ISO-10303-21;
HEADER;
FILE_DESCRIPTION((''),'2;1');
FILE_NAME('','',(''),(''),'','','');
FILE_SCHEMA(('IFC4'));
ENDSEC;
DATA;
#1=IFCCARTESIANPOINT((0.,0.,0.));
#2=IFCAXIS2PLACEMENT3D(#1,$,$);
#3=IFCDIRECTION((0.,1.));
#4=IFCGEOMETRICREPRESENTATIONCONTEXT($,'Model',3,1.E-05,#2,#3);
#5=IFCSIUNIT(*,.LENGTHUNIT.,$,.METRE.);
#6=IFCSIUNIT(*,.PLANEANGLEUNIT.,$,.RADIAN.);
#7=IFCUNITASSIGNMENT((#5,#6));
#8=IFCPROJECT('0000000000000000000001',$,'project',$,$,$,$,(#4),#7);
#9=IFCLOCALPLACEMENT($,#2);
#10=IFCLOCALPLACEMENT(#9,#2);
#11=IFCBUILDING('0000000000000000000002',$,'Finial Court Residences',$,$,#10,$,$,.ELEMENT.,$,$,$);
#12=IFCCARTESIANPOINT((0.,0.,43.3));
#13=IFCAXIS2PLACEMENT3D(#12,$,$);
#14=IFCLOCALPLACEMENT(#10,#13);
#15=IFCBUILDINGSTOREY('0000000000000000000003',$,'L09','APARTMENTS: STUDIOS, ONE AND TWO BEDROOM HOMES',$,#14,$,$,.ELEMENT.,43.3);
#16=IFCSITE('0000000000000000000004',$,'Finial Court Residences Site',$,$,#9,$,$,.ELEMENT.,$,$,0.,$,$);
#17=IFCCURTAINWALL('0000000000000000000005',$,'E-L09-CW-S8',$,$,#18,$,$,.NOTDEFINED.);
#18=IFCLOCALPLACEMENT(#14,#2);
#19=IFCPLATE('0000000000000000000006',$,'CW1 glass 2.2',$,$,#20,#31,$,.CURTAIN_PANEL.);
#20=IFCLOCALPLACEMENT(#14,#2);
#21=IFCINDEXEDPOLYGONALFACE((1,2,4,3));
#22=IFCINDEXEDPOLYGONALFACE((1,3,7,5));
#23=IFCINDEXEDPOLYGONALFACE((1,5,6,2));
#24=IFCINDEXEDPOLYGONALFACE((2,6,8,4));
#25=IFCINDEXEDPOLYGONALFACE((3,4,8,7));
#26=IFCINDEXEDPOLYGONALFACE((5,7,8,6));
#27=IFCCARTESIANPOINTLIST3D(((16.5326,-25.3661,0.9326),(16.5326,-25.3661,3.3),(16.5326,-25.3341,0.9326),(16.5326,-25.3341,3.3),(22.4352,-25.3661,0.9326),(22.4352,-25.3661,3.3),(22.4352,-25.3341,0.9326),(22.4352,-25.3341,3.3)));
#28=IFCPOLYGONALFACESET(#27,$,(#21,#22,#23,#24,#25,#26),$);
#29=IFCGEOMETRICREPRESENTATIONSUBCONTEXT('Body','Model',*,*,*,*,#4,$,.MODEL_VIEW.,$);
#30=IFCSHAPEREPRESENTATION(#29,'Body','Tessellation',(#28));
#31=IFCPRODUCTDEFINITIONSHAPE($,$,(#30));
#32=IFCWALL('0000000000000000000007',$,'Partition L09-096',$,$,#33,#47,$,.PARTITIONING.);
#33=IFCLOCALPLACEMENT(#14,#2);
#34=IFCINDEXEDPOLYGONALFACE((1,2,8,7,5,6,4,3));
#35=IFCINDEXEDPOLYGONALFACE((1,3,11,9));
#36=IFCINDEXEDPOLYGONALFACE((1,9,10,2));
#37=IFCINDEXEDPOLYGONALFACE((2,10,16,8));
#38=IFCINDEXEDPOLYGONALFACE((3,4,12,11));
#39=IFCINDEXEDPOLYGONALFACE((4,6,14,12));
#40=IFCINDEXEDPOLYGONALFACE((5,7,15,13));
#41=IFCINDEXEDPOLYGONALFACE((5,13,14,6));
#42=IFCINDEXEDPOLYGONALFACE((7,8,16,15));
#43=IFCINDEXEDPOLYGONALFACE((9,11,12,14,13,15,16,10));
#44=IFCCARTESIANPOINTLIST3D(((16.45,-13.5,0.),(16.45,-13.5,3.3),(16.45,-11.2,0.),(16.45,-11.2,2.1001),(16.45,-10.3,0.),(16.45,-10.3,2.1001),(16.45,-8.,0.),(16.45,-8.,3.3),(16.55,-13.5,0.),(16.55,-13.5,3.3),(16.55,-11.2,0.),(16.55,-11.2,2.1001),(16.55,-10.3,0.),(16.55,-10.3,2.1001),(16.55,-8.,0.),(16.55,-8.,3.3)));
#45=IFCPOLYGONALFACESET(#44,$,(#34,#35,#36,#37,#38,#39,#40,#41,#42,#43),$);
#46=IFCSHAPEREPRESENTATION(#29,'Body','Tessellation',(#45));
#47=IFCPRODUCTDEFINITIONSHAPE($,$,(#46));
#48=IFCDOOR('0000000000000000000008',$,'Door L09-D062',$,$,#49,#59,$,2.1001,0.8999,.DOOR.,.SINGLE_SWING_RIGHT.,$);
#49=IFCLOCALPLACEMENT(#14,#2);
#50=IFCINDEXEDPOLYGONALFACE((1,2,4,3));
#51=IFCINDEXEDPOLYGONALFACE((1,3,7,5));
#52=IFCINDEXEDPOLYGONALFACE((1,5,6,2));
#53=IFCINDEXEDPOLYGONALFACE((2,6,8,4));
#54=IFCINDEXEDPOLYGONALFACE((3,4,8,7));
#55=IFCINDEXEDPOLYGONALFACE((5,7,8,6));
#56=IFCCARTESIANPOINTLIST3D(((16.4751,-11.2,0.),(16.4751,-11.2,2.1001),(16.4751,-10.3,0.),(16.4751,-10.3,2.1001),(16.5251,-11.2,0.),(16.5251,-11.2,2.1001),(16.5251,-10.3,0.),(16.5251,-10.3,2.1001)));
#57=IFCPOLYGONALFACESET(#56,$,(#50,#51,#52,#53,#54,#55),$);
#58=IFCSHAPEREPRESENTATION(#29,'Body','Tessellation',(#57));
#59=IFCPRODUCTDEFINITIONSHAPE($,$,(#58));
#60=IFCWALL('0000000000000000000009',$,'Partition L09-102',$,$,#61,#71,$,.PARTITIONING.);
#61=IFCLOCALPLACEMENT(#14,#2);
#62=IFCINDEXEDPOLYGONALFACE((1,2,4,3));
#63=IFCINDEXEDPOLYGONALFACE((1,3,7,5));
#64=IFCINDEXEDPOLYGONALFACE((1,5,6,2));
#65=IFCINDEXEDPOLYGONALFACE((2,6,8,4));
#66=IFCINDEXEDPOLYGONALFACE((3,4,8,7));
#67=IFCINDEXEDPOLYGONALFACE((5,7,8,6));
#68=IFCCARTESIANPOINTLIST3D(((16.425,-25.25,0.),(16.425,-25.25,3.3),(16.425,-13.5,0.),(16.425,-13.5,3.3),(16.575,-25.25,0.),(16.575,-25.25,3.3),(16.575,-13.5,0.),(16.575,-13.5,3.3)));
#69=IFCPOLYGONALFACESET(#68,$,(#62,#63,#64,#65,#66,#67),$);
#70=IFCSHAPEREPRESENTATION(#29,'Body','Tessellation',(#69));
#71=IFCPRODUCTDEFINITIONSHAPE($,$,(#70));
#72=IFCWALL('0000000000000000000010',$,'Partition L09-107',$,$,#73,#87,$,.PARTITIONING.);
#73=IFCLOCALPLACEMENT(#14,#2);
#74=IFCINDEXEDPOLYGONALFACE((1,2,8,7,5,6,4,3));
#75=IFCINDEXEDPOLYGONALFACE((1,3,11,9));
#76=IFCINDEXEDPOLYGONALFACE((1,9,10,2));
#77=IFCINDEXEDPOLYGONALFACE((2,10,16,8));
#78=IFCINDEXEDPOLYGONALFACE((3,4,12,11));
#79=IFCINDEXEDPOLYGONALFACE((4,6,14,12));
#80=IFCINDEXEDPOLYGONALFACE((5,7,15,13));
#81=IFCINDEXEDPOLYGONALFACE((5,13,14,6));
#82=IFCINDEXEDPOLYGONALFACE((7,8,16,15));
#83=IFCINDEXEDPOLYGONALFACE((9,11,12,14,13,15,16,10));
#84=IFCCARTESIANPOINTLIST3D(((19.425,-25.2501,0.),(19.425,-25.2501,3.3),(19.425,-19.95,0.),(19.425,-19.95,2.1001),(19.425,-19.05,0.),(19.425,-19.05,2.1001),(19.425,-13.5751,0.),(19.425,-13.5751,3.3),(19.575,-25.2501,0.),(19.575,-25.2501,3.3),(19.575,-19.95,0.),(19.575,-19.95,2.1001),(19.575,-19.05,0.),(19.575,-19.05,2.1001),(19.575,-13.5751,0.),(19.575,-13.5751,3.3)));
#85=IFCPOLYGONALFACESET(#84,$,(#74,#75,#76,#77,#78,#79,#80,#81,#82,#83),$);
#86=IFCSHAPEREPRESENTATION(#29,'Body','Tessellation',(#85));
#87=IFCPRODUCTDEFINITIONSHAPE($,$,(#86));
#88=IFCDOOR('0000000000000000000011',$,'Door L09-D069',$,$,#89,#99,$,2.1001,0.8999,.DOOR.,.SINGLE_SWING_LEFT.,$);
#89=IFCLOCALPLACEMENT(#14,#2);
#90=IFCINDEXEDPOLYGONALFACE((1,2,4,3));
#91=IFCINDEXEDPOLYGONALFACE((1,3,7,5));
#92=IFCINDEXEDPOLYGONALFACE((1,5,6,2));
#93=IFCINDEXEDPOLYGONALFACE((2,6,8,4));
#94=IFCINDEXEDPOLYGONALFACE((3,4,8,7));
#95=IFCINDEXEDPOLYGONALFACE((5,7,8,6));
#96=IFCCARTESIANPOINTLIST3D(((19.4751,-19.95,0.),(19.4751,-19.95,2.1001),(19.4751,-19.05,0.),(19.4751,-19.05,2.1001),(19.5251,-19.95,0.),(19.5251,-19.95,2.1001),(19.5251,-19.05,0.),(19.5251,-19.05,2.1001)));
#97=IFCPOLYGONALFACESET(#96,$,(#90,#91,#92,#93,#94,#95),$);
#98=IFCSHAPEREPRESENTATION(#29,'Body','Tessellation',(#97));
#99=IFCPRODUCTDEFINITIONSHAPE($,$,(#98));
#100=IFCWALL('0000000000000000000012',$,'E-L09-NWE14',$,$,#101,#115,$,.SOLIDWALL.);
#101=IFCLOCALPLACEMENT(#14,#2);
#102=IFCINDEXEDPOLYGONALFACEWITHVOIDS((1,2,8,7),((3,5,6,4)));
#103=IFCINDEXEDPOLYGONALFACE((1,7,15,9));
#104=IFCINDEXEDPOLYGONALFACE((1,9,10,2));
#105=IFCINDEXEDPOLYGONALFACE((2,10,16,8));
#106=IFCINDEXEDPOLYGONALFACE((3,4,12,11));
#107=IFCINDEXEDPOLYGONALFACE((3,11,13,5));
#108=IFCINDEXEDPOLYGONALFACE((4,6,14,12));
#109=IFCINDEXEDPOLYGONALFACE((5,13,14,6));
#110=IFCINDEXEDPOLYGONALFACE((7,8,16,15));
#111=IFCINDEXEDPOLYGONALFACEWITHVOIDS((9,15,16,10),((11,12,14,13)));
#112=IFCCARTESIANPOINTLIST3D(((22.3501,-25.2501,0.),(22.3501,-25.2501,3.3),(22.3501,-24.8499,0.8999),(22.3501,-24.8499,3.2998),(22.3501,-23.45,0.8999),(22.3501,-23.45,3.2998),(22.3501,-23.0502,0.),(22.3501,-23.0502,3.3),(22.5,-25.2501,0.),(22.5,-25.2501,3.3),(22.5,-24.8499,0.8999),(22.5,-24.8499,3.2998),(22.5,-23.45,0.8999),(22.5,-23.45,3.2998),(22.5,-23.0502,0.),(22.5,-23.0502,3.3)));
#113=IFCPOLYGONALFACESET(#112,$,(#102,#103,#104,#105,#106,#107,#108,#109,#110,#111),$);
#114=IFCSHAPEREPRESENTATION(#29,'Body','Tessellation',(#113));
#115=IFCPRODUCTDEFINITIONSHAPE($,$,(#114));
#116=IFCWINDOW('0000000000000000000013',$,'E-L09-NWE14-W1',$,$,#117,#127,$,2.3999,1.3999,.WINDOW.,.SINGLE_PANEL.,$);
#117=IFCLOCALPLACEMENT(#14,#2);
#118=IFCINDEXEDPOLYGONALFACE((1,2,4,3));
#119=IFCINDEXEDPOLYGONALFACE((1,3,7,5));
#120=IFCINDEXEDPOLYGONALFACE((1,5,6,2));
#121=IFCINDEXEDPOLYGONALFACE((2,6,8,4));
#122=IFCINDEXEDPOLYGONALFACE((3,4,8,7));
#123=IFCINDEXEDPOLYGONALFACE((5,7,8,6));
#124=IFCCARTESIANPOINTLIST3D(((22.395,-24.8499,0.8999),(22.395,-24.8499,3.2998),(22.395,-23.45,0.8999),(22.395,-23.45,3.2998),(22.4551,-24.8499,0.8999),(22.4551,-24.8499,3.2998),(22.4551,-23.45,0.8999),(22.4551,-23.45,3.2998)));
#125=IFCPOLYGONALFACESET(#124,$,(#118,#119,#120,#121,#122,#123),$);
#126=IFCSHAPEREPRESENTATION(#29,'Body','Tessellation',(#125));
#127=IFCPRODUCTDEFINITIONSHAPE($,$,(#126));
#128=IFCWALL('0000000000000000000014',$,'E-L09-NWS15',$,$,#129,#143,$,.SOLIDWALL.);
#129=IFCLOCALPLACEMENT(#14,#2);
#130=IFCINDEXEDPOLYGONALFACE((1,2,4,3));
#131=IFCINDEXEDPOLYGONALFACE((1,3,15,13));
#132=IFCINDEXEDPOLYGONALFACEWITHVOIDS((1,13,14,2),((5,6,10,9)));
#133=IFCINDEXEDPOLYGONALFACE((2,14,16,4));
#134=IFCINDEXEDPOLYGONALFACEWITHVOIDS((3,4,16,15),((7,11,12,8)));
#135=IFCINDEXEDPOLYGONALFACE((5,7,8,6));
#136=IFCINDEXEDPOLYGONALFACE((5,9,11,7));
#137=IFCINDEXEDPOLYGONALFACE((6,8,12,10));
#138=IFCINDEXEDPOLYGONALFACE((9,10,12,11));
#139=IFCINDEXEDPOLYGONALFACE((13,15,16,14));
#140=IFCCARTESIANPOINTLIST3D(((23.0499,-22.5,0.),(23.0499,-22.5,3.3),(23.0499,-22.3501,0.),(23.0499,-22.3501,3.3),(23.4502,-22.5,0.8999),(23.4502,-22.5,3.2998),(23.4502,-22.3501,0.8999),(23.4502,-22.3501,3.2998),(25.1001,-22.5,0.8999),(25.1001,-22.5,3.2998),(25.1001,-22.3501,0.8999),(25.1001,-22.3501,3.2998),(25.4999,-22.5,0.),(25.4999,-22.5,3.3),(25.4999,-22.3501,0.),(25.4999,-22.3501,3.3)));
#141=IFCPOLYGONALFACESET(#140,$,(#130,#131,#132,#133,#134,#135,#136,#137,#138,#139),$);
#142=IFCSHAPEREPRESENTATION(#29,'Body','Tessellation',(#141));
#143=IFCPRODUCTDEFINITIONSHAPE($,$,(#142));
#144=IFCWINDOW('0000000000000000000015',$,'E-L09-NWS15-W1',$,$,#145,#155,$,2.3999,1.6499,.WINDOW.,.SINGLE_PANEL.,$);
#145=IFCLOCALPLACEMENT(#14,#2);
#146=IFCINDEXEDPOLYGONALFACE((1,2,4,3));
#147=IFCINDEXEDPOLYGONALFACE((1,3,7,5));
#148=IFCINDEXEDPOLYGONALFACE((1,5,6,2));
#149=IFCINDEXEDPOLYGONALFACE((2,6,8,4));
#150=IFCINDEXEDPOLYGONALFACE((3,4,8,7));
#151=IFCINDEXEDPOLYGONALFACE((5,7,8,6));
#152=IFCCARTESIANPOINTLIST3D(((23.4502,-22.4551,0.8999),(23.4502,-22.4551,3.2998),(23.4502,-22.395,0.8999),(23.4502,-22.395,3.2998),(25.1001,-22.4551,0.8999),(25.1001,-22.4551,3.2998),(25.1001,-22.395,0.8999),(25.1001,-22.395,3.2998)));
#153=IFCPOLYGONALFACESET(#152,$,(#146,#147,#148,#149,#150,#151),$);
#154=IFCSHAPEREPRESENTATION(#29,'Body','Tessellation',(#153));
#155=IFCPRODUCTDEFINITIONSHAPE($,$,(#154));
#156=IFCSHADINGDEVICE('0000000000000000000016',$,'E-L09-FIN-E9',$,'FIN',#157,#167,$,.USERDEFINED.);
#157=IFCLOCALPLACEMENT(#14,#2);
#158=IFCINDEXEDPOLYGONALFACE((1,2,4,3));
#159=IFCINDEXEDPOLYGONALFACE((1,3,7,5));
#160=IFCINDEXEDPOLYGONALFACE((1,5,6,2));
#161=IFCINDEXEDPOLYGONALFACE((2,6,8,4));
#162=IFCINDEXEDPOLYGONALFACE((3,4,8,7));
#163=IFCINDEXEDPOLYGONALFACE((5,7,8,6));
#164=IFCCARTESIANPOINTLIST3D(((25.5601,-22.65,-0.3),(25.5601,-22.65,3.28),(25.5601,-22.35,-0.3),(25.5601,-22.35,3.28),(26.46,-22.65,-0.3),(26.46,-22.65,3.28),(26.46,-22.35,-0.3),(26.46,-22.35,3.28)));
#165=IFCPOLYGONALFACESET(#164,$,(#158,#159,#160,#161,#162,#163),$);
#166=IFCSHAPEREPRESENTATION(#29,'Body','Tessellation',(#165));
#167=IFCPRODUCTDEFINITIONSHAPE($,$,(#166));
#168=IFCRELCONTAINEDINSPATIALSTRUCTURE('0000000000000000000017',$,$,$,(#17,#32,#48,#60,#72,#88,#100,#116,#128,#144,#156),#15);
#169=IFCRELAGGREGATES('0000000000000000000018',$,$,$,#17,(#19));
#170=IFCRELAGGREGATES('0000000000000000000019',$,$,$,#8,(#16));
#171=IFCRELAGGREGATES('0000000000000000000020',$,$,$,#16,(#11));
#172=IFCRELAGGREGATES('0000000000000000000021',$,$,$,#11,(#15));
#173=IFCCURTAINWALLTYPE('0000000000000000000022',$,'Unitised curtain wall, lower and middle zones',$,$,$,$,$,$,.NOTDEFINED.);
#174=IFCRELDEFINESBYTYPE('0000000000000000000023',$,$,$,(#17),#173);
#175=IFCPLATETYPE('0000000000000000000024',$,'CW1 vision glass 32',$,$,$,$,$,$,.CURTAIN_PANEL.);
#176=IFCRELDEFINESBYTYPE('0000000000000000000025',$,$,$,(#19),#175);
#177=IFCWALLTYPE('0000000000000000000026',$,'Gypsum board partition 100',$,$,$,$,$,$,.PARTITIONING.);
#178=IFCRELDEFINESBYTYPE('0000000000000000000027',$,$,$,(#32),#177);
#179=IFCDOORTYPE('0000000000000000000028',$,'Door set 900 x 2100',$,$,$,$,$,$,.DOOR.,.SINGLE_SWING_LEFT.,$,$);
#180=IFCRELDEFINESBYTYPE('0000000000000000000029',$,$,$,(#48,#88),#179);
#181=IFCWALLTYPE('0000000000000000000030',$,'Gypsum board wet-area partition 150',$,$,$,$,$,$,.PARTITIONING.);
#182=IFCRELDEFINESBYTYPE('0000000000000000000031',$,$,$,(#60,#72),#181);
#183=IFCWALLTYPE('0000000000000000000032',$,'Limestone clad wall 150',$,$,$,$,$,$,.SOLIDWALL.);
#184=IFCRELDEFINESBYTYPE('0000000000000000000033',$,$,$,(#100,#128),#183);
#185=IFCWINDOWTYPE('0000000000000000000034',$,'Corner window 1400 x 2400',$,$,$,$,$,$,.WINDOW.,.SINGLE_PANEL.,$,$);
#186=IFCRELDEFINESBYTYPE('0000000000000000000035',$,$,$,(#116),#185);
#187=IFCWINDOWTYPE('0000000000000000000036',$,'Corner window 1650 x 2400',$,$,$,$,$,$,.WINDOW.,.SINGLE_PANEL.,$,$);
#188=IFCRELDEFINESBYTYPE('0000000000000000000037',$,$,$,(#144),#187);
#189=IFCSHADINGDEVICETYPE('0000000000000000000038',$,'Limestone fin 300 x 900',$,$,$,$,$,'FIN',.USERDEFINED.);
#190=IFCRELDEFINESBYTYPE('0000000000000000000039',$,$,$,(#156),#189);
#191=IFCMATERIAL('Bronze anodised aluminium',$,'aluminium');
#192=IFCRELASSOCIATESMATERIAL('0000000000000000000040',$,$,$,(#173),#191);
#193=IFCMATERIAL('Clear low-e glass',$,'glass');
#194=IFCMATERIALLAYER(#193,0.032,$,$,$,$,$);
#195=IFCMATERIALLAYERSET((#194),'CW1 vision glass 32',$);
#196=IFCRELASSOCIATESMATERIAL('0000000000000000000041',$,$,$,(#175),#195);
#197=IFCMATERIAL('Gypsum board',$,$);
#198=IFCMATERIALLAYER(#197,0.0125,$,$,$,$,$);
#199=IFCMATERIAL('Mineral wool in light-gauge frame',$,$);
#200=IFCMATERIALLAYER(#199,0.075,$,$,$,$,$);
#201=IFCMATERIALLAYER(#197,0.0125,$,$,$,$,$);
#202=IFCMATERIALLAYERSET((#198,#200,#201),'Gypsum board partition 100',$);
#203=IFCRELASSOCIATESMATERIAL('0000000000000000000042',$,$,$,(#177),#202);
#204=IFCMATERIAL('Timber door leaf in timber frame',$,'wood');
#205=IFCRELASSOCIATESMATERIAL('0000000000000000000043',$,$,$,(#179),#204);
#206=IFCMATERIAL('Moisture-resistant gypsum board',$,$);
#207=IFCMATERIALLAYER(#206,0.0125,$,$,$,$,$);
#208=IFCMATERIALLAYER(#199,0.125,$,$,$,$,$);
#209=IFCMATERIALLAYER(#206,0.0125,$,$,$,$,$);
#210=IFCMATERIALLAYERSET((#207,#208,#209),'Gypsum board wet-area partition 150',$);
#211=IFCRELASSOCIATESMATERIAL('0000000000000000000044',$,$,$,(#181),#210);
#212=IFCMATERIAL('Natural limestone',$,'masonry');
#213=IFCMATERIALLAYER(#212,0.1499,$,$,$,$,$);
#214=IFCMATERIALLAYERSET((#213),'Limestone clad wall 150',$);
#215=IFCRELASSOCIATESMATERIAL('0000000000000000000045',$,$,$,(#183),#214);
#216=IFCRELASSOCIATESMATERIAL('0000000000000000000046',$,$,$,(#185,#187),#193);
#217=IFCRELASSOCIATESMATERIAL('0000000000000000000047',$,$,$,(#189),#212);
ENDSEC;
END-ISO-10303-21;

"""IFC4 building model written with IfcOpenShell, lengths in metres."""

from ifc_helpers import new_model, si_unit, direction, frame, frame_2d, origin, origin_2d, place, context, subcontext, project, spatial, rectangle, extrude, material, layer, layer_set, type_object, element, fill, aggregate, save


model = new_model("IFC4")

# Units and contexts
model_context = context("Model", 3, precision=1e-05, world=origin(), true_north=direction((0.0, 1.0)))
body_context = subcontext(model_context, "Body", "Model", "MODEL_VIEW")
ifc_project = project(units=[si_unit("LENGTHUNIT", "METRE"), si_unit("PLANEANGLEUNIT", "RADIAN")], contexts=[model_context])

# Site, building, storey
site_placement = place(None, origin())
site = spatial("IfcSite", under=ifc_project, at=site_placement, Name="Finial Court Residences Site", CompositionType="ELEMENT", RefElevation=0.0)
building_placement = place(site_placement, origin())
building = spatial("IfcBuilding", under=site, at=building_placement, Name="Finial Court Residences", CompositionType="ELEMENT")
storey_placement = place(building_placement, frame((0.0, 0.0, 43.3)))
storey = spatial("IfcBuildingStorey", under=building, at=storey_placement, Name="L09", Description="APARTMENTS: STUDIOS, ONE AND TWO BEDROOM HOMES", CompositionType="ELEMENT", Elevation=43.3)

# Shared definitions
ifc_material_1 = material(Name="Bronze anodised aluminium", Category="aluminium")
curtain_wall_type = type_object("IfcCurtainWallType", Name="Unitised curtain wall, lower and middle zones", PredefinedType="NOTDEFINED", material=ifc_material_1)

# Curtain wall
curtain_wall_1_placement = place(storey_placement, origin())
curtain_wall_1 = element("IfcCurtainWall", 1, at=curtain_wall_1_placement, inside=storey, type_object=curtain_wall_type, Name="E-L09-CW-S8", PredefinedType="NOTDEFINED")

# Plate
ifc_material_2 = material(Name="Clear low-e glass", Category="glass")
ifc_layer_1 = layer(ifc_material_2, 0.032)
ifc_layer_set_1 = layer_set([ifc_layer_1], Name="CW1 vision glass 32")
plate_type_1 = type_object("IfcPlateType", Name="CW1 vision glass 32", PredefinedType="CURTAIN_PANEL", material=ifc_layer_set_1)
plate_1_placement = place(storey_placement, frame((19.4839, -25.3501, 0.9326), z_axis=(0.0, 0.0, 1.0), x_axis=(1.0, 0.0, 0.0)))
plate_1 = element("IfcPlate", 2, at=plate_1_placement, type_object=plate_type_1, Name="CW1 glass 2.2", PredefinedType="CURTAIN_PANEL", context=body_context, shape_type="SweptSolid", body=[
    extrude(rectangle(XDim=5.9026, YDim=0.032, at=origin_2d()), origin(), (0.0, 0.0, 1.0), 2.3674),
])
aggregate(curtain_wall_1, [plate_1])

# Wall, opening, door
ifc_material_3 = material(Name="Gypsum board")
ifc_layer_2 = layer(ifc_material_3, 0.0125)
ifc_material_4 = material(Name="Mineral wool in light-gauge frame")
ifc_layer_3 = layer(ifc_material_4, 0.075)
ifc_layer_4 = layer(ifc_material_3, 0.0125)
ifc_layer_set_2 = layer_set([ifc_layer_2, ifc_layer_3, ifc_layer_4], Name="Gypsum board partition 100")
wall_type_1 = type_object("IfcWallType", Name="Gypsum board partition 100", PredefinedType="PARTITIONING", material=ifc_layer_set_2)
wall_1_placement = place(storey_placement, frame((16.5, -13.5, 0.0), z_axis=(0.0, 0.0, 1.0), x_axis=(0.0, 1.0, 0.0)))
wall_1 = element("IfcWall", 3, at=wall_1_placement, inside=storey, type_object=wall_type_1, Name="Partition L09-096", PredefinedType="PARTITIONING", context=body_context, shape_type="SweptSolid", body=[
    extrude(rectangle(XDim=5.5, YDim=0.1001, at=frame_2d((2.75, 0.0))), origin(), (0.0, 0.0, 1.0), 3.3),
])
opening_1_placement = place(wall_1_placement, frame((2.3, 0.0, 0.0)))
opening_1 = element("IfcOpeningElement", 4, at=opening_1_placement, cuts=wall_1, PredefinedType="OPENING", context=body_context, shape_type="SweptSolid", body=[
    extrude(rectangle(XDim=0.8999, YDim=2.1001, at=frame_2d((0.45, 1.05))), frame((0.0, 0.0601, 0.0), z_axis=(0.0, -1.0, 0.0), x_axis=(1.0, 0.0, 0.0)), (0.0, 0.0, 1.0), 0.1201),
])
ifc_material_5 = material(Name="Timber door leaf in timber frame", Category="wood")
door_type = type_object("IfcDoorType", Name="Door set 900 x 2100", OperationType="SINGLE_SWING_LEFT", PredefinedType="DOOR", material=ifc_material_5)
door_1_placement = place(opening_1_placement, origin())
door_1 = element("IfcDoor", 5, at=door_1_placement, inside=storey, type_object=door_type, Name="Door L09-D062", OperationType="SINGLE_SWING_RIGHT", OverallHeight=2.1001, OverallWidth=0.8999, PredefinedType="DOOR", context=body_context, shape_type="SweptSolid", body=[
    extrude(rectangle(XDim=0.8999, YDim=2.1001, at=frame_2d((0.45, 1.05))), frame((0.0, 0.0249, 0.0), z_axis=(0.0, -1.0, 0.0), x_axis=(1.0, 0.0, 0.0)), (0.0, 0.0, 1.0), 0.05),
])
fill(opening_1, door_1)

# Wall
ifc_material_6 = material(Name="Moisture-resistant gypsum board")
ifc_layer_5 = layer(ifc_material_6, 0.0125)
ifc_layer_6 = layer(ifc_material_4, 0.125)
ifc_layer_7 = layer(ifc_material_6, 0.0125)
ifc_layer_set_3 = layer_set([ifc_layer_5, ifc_layer_6, ifc_layer_7], Name="Gypsum board wet-area partition 150")
wall_type_2 = type_object("IfcWallType", Name="Gypsum board wet-area partition 150", PredefinedType="PARTITIONING", material=ifc_layer_set_3)
wall_2_placement = place(storey_placement, frame((16.5, -25.25, 0.0), z_axis=(0.0, 0.0, 1.0), x_axis=(0.0, 1.0, 0.0)))
element("IfcWall", 6, at=wall_2_placement, inside=storey, type_object=wall_type_2, Name="Partition L09-102", PredefinedType="PARTITIONING", context=body_context, shape_type="SweptSolid", body=[
    extrude(rectangle(XDim=11.75, YDim=0.1499, at=frame_2d((5.875, 0.0))), origin(), (0.0, 0.0, 1.0), 3.3),
])

# Wall, opening, door
wall_3_placement = place(storey_placement, frame((19.5, -25.25, 0.0), z_axis=(0.0, 0.0, 1.0), x_axis=(0.0, 1.0, 0.0)))
wall_3 = element("IfcWall", 7, at=wall_3_placement, inside=storey, type_object=wall_type_2, Name="Partition L09-107", PredefinedType="PARTITIONING", context=body_context, shape_type="SweptSolid", body=[
    extrude(rectangle(XDim=11.675, YDim=0.1499, at=frame_2d((5.8374, 0.0))), origin(), (0.0, 0.0, 1.0), 3.3),
])
opening_2_placement = place(wall_3_placement, frame((5.3, 0.0, 0.0)))
opening_2 = element("IfcOpeningElement", 8, at=opening_2_placement, cuts=wall_3, PredefinedType="OPENING", context=body_context, shape_type="SweptSolid", body=[
    extrude(rectangle(XDim=0.8999, YDim=2.1001, at=frame_2d((0.45, 1.05))), frame((0.0, 0.085, 0.0), z_axis=(0.0, -1.0, 0.0), x_axis=(1.0, 0.0, 0.0)), (0.0, 0.0, 1.0), 0.1699),
])
door_2_placement = place(opening_2_placement, origin())
door_2 = element("IfcDoor", 9, at=door_2_placement, inside=storey, type_object=door_type, Name="Door L09-D069", OperationType="SINGLE_SWING_LEFT", OverallHeight=2.1001, OverallWidth=0.8999, PredefinedType="DOOR", context=body_context, shape_type="SweptSolid", body=[
    extrude(rectangle(XDim=0.8999, YDim=2.1001, at=frame_2d((0.45, 1.05))), frame((0.0, 0.0249, 0.0), z_axis=(0.0, -1.0, 0.0), x_axis=(1.0, 0.0, 0.0)), (0.0, 0.0, 1.0), 0.05),
])
fill(opening_2, door_2)

# Walls, openings, windows
ifc_material_7 = material(Name="Natural limestone", Category="masonry")
ifc_layer_8 = layer(ifc_material_7, 0.1499)
ifc_layer_set_4 = layer_set([ifc_layer_8], Name="Limestone clad wall 150")
wall_type_3 = type_object("IfcWallType", Name="Limestone clad wall 150", PredefinedType="SOLIDWALL", material=ifc_layer_set_4)
wall_4_placement = place(storey_placement, frame((22.425, -23.05, 0.0), z_axis=(0.0, 0.0, 1.0), x_axis=(0.0, -1.0, 0.0)))
wall_4 = element("IfcWall", 10, at=wall_4_placement, inside=storey, type_object=wall_type_3, Name="E-L09-NWE14", PredefinedType="SOLIDWALL", context=body_context, shape_type="SweptSolid", body=[
    extrude(rectangle(XDim=2.2, YDim=0.1499, at=frame_2d((1.1001, 0.0))), origin(), (0.0, 0.0, 1.0), 3.3),
])
opening_3_placement = place(wall_4_placement, frame((0.3999, 0.0, 0.8999)))
opening_3 = element("IfcOpeningElement", 11, at=opening_3_placement, cuts=wall_4, PredefinedType="OPENING", context=body_context, shape_type="SweptSolid", body=[
    extrude(rectangle(XDim=1.3999, YDim=2.3999, at=frame_2d((0.7, 1.2))), frame((0.0, 0.085, 0.0), z_axis=(0.0, -1.0, 0.0), x_axis=(1.0, 0.0, 0.0)), (0.0, 0.0, 1.0), 0.1699),
])
window_type_1 = type_object("IfcWindowType", Name="Corner window 1400 x 2400", PartitioningType="SINGLE_PANEL", PredefinedType="WINDOW", material=ifc_material_2)
window_1_placement = place(opening_3_placement, origin())
window_1 = element("IfcWindow", 12, at=window_1_placement, inside=storey, type_object=window_type_1, Name="E-L09-NWE14-W1", OverallHeight=2.3999, OverallWidth=1.3999, PartitioningType="SINGLE_PANEL", PredefinedType="WINDOW", context=body_context, shape_type="SweptSolid", body=[
    extrude(rectangle(XDim=1.3999, YDim=2.3999, at=frame_2d((0.7, 1.2))), frame((0.0, 0.03, 0.0), z_axis=(0.0, -1.0, 0.0), x_axis=(1.0, 0.0, 0.0)), (0.0, 0.0, 1.0), 0.0601),
])
fill(opening_3, window_1)
wall_5_placement = place(storey_placement, frame((25.5, -22.425, 0.0), z_axis=(0.0, 0.0, 1.0), x_axis=(-1.0, 0.0, 0.0)))
wall_5 = element("IfcWall", 13, at=wall_5_placement, inside=storey, type_object=wall_type_3, Name="E-L09-NWS15", PredefinedType="SOLIDWALL", context=body_context, shape_type="SweptSolid", body=[
    extrude(rectangle(XDim=2.45, YDim=0.1499, at=frame_2d((1.2251, 0.0))), origin(), (0.0, 0.0, 1.0), 3.3),
])
opening_4_placement = place(wall_5_placement, frame((0.3999, 0.0, 0.8999)))
opening_4 = element("IfcOpeningElement", 14, at=opening_4_placement, cuts=wall_5, PredefinedType="OPENING", context=body_context, shape_type="SweptSolid", body=[
    extrude(rectangle(XDim=1.6499, YDim=2.3999, at=frame_2d((0.825, 1.2))), frame((0.0, 0.085, 0.0), z_axis=(0.0, -1.0, 0.0), x_axis=(1.0, 0.0, 0.0)), (0.0, 0.0, 1.0), 0.1699),
])
window_type_2 = type_object("IfcWindowType", Name="Corner window 1650 x 2400", PartitioningType="SINGLE_PANEL", PredefinedType="WINDOW", material=ifc_material_2)
window_2_placement = place(opening_4_placement, origin())
window_2 = element("IfcWindow", 15, at=window_2_placement, inside=storey, type_object=window_type_2, Name="E-L09-NWS15-W1", OverallHeight=2.3999, OverallWidth=1.6499, PartitioningType="SINGLE_PANEL", PredefinedType="WINDOW", context=body_context, shape_type="SweptSolid", body=[
    extrude(rectangle(XDim=1.6499, YDim=2.3999, at=frame_2d((0.825, 1.2))), frame((0.0, 0.03, 0.0), z_axis=(0.0, -1.0, 0.0), x_axis=(1.0, 0.0, 0.0)), (0.0, 0.0, 1.0), 0.0601),
])
fill(opening_4, window_2)

# Shading device
shading_device_type = type_object("IfcShadingDeviceType", Name="Limestone fin 300 x 900", ElementType="FIN", PredefinedType="USERDEFINED", material=ifc_material_7)
shading_device_placement = place(storey_placement, frame((26.01, -22.5, -0.3), z_axis=(0.0, 0.0, 1.0), x_axis=(1.0, 0.0, 0.0)))
element("IfcShadingDevice", 16, at=shading_device_placement, inside=storey, type_object=shading_device_type, Name="E-L09-FIN-E9", ObjectType="FIN", PredefinedType="USERDEFINED", context=body_context, shape_type="SweptSolid", body=[
    extrude(rectangle(XDim=0.8999, YDim=0.3, at=origin_2d()), origin(), (0.0, 0.0, 1.0), 3.5801),
])

save(model, "model.ifc")
